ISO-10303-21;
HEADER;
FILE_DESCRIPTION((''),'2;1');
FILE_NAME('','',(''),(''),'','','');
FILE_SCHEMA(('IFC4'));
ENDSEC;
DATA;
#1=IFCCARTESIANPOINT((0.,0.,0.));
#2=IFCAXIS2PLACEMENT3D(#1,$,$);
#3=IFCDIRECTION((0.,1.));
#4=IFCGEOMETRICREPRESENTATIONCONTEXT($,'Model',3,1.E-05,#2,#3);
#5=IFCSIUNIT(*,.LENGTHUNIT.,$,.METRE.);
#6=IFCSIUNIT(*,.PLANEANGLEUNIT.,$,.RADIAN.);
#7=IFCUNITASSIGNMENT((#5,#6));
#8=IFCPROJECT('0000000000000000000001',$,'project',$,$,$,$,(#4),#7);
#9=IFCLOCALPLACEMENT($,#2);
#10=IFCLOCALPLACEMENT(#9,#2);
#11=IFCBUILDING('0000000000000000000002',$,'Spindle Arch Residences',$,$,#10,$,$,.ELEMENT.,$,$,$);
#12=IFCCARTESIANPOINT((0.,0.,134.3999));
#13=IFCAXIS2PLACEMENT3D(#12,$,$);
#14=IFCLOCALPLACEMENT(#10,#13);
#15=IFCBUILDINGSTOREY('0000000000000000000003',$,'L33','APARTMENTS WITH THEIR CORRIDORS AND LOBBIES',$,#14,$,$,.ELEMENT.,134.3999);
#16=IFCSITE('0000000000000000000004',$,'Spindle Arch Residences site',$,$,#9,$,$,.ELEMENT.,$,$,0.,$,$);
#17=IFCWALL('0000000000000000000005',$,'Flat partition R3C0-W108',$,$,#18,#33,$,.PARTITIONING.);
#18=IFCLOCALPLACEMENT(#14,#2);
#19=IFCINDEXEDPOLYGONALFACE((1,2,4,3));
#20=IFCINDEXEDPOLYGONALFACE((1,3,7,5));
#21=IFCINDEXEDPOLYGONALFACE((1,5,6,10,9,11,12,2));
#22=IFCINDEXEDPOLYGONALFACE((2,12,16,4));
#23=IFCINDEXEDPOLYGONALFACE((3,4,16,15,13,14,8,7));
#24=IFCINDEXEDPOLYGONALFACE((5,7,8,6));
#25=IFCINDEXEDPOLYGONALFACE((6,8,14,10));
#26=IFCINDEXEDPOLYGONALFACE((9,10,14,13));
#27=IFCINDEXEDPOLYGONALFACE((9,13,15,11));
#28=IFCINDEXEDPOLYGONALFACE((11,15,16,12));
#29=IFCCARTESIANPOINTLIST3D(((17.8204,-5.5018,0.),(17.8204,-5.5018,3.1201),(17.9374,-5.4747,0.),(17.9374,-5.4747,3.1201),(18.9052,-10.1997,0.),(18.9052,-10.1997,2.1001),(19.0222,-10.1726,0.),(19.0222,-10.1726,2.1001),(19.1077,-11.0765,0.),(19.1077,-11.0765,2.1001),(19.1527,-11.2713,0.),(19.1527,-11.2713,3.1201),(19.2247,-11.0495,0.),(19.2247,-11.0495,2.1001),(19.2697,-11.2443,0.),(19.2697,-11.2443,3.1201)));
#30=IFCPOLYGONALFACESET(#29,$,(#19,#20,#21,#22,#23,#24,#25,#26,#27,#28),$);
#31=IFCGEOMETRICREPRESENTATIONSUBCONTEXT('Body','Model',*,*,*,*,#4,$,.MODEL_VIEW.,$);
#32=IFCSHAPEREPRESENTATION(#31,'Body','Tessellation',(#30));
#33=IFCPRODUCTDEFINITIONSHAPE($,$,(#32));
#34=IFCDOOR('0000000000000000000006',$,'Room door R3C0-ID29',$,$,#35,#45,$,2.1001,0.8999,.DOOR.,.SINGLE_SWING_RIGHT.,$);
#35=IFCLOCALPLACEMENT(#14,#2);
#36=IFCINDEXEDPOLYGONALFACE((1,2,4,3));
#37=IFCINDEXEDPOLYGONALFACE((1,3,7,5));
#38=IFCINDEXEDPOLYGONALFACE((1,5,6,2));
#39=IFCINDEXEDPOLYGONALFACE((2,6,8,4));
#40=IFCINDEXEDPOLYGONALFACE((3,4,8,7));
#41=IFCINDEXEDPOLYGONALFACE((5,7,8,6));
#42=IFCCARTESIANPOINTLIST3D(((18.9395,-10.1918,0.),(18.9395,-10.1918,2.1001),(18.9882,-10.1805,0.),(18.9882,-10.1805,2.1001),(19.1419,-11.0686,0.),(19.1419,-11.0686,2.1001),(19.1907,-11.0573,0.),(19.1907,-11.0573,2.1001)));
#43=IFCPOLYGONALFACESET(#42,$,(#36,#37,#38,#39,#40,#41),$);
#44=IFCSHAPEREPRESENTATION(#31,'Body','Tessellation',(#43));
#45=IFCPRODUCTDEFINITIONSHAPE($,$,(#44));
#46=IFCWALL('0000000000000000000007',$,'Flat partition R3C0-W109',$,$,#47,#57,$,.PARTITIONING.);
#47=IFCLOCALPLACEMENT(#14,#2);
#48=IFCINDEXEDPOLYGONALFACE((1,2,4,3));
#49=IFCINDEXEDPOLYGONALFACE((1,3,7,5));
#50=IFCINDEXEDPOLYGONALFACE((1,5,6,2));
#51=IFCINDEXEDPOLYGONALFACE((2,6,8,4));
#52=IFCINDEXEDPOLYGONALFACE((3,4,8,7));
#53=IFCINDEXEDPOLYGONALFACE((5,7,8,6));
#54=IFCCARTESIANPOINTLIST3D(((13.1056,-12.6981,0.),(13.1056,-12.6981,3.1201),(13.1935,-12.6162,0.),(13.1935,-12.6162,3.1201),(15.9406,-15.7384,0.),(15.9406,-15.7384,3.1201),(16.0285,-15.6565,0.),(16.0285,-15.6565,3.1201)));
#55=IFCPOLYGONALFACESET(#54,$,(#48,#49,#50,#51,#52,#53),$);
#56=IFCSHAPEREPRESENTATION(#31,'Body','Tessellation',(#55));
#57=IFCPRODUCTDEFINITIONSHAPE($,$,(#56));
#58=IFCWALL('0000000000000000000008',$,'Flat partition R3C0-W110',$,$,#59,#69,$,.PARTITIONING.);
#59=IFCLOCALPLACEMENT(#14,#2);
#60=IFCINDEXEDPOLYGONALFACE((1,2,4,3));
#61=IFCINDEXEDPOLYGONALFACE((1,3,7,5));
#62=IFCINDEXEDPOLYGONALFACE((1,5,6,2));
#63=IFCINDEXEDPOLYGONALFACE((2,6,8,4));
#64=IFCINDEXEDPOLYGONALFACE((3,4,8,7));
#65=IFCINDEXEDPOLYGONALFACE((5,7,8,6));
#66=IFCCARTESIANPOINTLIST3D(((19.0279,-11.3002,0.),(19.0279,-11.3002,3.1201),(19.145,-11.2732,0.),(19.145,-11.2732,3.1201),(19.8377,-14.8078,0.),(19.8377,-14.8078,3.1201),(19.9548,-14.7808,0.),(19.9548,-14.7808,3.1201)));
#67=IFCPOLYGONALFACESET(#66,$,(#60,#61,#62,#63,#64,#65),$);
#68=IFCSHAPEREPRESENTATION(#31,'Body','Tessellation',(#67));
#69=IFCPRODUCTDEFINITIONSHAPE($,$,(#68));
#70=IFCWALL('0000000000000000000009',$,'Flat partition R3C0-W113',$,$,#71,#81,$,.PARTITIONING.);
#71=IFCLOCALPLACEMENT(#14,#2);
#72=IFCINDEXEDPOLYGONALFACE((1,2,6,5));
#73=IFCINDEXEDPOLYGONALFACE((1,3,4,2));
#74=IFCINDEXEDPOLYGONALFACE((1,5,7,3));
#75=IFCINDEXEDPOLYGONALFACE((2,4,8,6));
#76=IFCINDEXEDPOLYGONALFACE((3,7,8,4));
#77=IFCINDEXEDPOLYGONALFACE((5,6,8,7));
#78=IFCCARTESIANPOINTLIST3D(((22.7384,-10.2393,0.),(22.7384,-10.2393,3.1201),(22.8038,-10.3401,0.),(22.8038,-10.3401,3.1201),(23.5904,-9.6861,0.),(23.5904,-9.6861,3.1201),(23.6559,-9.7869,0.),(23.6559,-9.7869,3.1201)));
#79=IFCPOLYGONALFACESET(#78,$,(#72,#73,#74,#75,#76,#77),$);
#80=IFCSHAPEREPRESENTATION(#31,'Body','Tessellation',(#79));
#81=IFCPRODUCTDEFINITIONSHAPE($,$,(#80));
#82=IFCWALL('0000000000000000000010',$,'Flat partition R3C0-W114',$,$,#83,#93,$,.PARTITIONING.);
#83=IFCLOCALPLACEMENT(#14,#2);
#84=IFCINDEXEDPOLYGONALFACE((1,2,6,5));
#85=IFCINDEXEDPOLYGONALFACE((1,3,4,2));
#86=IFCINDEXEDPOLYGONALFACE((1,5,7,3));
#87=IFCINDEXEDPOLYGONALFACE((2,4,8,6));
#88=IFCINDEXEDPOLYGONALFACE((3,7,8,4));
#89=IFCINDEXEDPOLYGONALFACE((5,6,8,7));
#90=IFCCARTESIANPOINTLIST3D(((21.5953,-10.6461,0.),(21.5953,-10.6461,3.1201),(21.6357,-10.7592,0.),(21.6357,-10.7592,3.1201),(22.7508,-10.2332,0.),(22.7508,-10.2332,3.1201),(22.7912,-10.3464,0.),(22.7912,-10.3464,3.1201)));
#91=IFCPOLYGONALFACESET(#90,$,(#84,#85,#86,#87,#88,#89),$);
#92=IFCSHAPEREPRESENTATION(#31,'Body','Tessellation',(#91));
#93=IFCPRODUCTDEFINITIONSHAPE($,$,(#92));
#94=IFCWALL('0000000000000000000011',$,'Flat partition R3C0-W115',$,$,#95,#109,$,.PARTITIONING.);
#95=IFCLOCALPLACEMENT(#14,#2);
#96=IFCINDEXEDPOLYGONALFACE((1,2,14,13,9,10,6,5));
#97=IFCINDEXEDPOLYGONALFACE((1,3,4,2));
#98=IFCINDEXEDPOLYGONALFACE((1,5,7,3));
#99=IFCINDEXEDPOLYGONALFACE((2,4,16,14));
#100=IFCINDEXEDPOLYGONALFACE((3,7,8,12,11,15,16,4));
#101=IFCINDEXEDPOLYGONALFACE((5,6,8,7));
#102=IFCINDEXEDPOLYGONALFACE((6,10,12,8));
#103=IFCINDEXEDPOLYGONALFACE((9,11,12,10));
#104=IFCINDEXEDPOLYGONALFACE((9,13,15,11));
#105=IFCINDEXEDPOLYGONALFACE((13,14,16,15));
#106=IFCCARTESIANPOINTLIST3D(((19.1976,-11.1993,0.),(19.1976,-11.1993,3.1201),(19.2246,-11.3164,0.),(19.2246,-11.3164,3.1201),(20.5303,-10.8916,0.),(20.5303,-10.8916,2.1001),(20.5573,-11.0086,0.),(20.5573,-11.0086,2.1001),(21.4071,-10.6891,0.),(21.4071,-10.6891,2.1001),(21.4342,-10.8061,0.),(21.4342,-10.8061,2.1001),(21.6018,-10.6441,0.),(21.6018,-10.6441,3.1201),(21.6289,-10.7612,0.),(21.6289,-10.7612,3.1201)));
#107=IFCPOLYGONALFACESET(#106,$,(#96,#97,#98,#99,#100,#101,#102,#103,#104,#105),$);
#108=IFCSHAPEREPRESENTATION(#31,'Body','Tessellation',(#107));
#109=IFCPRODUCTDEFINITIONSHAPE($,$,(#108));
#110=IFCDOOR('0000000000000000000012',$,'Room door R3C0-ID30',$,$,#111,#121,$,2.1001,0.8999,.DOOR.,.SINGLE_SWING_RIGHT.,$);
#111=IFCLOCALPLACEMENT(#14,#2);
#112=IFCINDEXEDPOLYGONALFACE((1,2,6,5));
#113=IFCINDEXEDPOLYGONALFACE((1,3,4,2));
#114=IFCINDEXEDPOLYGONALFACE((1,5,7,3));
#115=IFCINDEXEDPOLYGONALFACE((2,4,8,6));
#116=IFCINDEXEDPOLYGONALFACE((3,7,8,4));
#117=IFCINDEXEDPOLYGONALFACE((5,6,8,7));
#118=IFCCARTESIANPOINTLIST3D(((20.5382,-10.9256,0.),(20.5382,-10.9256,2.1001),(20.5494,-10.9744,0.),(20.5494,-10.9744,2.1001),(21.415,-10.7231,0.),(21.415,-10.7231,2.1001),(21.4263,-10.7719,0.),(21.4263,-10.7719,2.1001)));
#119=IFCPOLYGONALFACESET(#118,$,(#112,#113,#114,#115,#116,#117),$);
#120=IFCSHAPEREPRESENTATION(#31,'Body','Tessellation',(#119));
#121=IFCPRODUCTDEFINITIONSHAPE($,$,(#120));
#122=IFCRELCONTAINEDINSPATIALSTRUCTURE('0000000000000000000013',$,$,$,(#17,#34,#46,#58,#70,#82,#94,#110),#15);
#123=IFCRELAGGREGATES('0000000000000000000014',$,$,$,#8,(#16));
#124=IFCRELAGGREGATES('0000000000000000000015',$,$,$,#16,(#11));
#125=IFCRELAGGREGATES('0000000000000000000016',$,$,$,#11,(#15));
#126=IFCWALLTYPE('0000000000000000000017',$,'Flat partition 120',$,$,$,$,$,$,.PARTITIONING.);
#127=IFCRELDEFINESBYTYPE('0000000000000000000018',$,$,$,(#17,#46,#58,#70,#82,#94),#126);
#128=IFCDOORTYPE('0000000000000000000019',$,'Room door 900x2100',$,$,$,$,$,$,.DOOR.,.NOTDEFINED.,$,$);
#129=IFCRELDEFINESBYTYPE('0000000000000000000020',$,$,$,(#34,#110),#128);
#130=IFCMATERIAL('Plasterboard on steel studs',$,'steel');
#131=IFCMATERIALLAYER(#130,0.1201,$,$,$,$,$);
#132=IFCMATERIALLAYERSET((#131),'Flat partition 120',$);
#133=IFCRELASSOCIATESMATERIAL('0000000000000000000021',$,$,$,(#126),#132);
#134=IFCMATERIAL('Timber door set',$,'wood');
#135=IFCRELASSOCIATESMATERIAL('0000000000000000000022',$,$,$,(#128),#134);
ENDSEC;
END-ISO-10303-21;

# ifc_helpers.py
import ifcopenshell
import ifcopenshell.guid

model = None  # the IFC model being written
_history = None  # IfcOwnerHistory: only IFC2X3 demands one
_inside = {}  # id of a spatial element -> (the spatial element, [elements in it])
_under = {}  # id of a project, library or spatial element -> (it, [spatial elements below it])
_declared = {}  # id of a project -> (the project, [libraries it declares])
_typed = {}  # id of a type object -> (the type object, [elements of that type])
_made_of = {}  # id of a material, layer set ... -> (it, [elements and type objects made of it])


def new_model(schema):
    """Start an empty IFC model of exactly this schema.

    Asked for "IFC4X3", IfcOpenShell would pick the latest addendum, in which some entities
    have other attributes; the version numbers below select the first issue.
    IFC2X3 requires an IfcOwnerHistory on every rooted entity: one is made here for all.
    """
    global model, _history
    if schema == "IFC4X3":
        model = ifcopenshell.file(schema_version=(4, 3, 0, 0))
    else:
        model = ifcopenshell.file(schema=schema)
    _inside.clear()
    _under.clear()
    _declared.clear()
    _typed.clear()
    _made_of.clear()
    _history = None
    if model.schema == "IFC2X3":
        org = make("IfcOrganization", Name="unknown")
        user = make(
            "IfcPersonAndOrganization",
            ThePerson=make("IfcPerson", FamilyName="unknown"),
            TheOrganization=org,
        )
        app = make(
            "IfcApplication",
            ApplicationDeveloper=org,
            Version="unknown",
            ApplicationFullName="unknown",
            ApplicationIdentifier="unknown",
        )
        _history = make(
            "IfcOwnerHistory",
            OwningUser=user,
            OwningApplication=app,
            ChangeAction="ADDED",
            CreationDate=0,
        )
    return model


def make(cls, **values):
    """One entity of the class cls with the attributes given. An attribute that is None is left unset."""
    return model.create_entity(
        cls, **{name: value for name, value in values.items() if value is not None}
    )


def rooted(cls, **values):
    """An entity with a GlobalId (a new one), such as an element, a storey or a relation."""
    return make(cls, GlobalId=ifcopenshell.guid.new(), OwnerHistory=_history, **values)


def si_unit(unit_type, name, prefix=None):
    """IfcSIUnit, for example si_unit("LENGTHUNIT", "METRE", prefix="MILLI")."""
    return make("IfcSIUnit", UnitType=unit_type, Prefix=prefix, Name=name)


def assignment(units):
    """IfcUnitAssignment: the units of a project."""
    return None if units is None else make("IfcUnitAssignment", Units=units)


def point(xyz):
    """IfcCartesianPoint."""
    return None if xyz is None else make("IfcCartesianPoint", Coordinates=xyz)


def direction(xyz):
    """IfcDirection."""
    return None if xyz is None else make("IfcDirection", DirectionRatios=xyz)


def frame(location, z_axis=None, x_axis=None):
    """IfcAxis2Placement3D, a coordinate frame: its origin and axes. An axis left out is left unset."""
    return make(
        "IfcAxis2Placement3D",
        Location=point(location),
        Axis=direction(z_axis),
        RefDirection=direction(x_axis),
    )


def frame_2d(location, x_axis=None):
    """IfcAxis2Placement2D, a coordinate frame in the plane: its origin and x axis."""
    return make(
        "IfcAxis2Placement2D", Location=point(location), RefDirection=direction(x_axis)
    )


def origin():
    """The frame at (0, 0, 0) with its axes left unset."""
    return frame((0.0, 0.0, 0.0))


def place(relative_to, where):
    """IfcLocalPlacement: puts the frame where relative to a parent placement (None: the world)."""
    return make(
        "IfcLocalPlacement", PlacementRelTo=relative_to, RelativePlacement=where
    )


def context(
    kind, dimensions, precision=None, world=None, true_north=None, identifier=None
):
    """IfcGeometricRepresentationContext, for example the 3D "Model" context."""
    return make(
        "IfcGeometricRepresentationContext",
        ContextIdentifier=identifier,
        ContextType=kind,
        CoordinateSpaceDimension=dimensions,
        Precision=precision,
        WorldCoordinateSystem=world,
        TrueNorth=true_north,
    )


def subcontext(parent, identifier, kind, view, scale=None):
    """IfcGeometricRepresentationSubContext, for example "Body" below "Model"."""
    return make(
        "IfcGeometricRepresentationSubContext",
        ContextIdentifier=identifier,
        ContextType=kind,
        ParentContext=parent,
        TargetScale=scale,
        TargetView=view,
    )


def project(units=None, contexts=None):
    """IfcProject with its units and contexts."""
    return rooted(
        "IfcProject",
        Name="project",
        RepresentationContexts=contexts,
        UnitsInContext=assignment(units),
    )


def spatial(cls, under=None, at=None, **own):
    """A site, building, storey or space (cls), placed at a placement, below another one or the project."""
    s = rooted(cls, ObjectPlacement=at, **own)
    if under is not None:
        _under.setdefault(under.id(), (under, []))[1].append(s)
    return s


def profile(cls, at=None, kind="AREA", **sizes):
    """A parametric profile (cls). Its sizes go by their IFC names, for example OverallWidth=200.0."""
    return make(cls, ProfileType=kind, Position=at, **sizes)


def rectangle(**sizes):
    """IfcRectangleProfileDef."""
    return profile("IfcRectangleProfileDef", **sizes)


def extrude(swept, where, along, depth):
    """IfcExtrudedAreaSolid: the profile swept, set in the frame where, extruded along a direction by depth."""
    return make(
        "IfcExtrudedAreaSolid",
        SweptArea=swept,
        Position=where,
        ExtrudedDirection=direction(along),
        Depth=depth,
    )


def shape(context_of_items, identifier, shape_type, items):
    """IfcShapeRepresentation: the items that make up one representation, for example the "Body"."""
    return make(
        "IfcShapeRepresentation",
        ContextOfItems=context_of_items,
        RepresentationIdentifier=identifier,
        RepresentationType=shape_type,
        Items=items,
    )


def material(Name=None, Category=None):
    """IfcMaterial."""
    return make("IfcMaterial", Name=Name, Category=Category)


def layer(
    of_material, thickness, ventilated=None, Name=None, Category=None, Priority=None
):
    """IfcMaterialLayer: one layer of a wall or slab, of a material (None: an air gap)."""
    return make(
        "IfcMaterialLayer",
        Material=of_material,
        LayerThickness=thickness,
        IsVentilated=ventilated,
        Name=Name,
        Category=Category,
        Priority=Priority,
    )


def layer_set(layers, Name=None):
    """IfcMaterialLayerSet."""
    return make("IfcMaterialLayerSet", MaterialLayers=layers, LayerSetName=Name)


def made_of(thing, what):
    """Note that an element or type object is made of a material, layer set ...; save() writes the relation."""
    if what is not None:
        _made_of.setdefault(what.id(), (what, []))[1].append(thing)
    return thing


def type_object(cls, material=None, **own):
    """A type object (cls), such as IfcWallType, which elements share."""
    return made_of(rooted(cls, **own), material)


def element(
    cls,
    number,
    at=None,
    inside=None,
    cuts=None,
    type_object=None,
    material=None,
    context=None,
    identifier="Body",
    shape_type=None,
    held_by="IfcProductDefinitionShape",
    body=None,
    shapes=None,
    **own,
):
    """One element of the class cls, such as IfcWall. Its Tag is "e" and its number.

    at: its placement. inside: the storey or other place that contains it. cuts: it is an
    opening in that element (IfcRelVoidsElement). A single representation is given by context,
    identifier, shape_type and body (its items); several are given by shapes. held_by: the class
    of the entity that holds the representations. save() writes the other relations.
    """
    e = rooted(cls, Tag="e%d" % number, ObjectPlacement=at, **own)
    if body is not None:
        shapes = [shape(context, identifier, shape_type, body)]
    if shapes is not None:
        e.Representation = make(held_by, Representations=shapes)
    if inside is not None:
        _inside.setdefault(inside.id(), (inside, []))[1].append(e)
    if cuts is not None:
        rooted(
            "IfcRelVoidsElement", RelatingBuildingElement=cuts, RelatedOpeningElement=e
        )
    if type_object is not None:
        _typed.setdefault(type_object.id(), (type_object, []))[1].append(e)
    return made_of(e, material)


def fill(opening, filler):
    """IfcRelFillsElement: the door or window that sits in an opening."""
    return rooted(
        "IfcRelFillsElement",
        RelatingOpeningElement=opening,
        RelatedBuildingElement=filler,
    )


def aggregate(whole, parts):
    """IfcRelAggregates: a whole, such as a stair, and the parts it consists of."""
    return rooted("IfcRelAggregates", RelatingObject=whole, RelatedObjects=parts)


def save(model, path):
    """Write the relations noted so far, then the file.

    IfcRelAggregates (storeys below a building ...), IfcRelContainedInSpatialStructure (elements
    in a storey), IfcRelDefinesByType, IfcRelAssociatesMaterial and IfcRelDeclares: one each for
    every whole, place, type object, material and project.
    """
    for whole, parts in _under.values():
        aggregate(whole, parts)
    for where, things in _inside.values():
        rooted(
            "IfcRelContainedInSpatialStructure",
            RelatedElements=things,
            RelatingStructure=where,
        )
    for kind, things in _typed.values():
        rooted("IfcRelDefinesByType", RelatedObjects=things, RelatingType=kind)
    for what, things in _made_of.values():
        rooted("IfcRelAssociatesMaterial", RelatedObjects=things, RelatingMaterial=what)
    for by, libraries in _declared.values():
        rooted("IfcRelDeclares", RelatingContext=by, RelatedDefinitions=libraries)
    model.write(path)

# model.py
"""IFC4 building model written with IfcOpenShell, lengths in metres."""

from ifc_helpers import new_model, si_unit, direction, frame, frame_2d, origin, place, context, subcontext, project, spatial, rectangle, extrude, material, layer, layer_set, type_object, element, fill, save


model = new_model("IFC4")

# Units and contexts
model_context = context("Model", 3, precision=1e-05, world=origin(), true_north=direction((0.0, 1.0)))
body_context = subcontext(model_context, "Body", "Model", "MODEL_VIEW")
ifc_project = project(units=[si_unit("LENGTHUNIT", "METRE"), si_unit("PLANEANGLEUNIT", "RADIAN")], contexts=[model_context])

# Site, building, storey
site_placement = place(None, origin())
site = spatial("IfcSite", under=ifc_project, at=site_placement, Name="Spindle Arch Residences site", CompositionType="ELEMENT", RefElevation=0.0)
building_placement = place(site_placement, origin())
building = spatial("IfcBuilding", under=site, at=building_placement, Name="Spindle Arch Residences", CompositionType="ELEMENT")
storey_placement = place(building_placement, frame((0.0, 0.0, 134.3999)))
storey = spatial("IfcBuildingStorey", under=building, at=storey_placement, Name="L33", Description="APARTMENTS WITH THEIR CORRIDORS AND LOBBIES", CompositionType="ELEMENT", Elevation=134.3999)

# Wall, opening, door
ifc_material_1 = material(Name="Plasterboard on steel studs", Category="steel")
ifc_layer_1 = layer(ifc_material_1, 0.1201)
ifc_layer_set_1 = layer_set([ifc_layer_1], Name="Flat partition 120")
wall_type = type_object("IfcWallType", Name="Flat partition 120", PredefinedType="PARTITIONING", material=ifc_layer_set_1)
wall_1_placement = place(storey_placement, frame((19.2112, -11.2578, 0.0), z_axis=(0.0, 0.0, 1.0), x_axis=(-0.224995, 0.97436, 0.0)))
wall_1 = element("IfcWall", 1, at=wall_1_placement, inside=storey, type_object=wall_type, Name="Flat partition R3C0-W108", PredefinedType="PARTITIONING", context=body_context, shape_type="SweptSolid", body=[
    extrude(rectangle(XDim=5.9214, YDim=0.1201, at=frame_2d((2.9607, 0.0))), origin(), (0.0, 0.0, 1.0), 3.1201),
])
opening_1_placement = place(wall_1_placement, frame((0.2, 0.0, 0.0)))
opening_1 = element("IfcOpeningElement", 2, at=opening_1_placement, cuts=wall_1, PredefinedType="OPENING", context=body_context, shape_type="SweptSolid", body=[
    extrude(rectangle(XDim=0.8999, YDim=2.1001, at=frame_2d((0.45, 1.05))), frame((0.0, 0.0701, 0.0), z_axis=(0.0, -1.0, 0.0), x_axis=(1.0, 0.0, 0.0)), (0.0, 0.0, 1.0), 0.1401),
])
ifc_material_2 = material(Name="Timber door set", Category="wood")
door_type = type_object("IfcDoorType", Name="Room door 900x2100", OperationType="NOTDEFINED", PredefinedType="DOOR", material=ifc_material_2)
door_1_placement = place(opening_1_placement, origin())
door_1 = element("IfcDoor", 3, at=door_1_placement, inside=storey, type_object=door_type, Name="Room door R3C0-ID29", OperationType="SINGLE_SWING_RIGHT", OverallHeight=2.1001, OverallWidth=0.8999, PredefinedType="DOOR", context=body_context, shape_type="SweptSolid", body=[
    extrude(rectangle(XDim=0.8999, YDim=2.1001, at=frame_2d((0.45, 1.05))), frame((0.0, 0.0249, 0.0), z_axis=(0.0, -1.0, 0.0), x_axis=(1.0, 0.0, 0.0)), (0.0, 0.0, 1.0), 0.05),
])
fill(opening_1, door_1)

# Walls
wall_2_placement = place(storey_placement, frame((15.9846, -15.6975, 0.0), z_axis=(0.0, 0.0, 1.0), x_axis=(-0.681979, 0.731372, 0.0)))
element("IfcWall", 4, at=wall_2_placement, inside=storey, type_object=wall_type, Name="Flat partition R3C0-W109", PredefinedType="PARTITIONING", context=body_context, shape_type="SweptSolid", body=[
    extrude(rectangle(XDim=4.157, YDim=0.1201, at=frame_2d((2.0786, 0.0))), origin(), (0.0, 0.0, 1.0), 3.1201),
])
wall_3_placement = place(storey_placement, frame((19.8962, -14.7942, 0.0), z_axis=(0.0, 0.0, 1.0), x_axis=(-0.224959, 0.974368, 0.0)))
element("IfcWall", 5, at=wall_3_placement, inside=storey, type_object=wall_type, Name="Flat partition R3C0-W110", PredefinedType="PARTITIONING", context=body_context, shape_type="SweptSolid", body=[
    extrude(rectangle(XDim=3.5999, YDim=0.1201, at=frame_2d((1.7998, 0.0))), origin(), (0.0, 0.0, 1.0), 3.1201),
])
wall_4_placement = place(storey_placement, frame((23.623, -9.7366, 0.0), z_axis=(0.0, 0.0, 1.0), x_axis=(-0.838718, -0.544566, 0.0)))
element("IfcWall", 6, at=wall_4_placement, inside=storey, type_object=wall_type, Name="Flat partition R3C0-W113", PredefinedType="PARTITIONING", context=body_context, shape_type="SweptSolid", body=[
    extrude(rectangle(XDim=1.0159, YDim=0.1201, at=frame_2d((0.5078, 0.0))), origin(), (0.0, 0.0, 1.0), 3.1201),
])
wall_5_placement = place(storey_placement, frame((22.771, -10.2898, 0.0), z_axis=(0.0, 0.0, 1.0), x_axis=(-0.941701, -0.33645, 0.0)))
element("IfcWall", 7, at=wall_5_placement, inside=storey, type_object=wall_type, Name="Flat partition R3C0-W114", PredefinedType="PARTITIONING", context=body_context, shape_type="SweptSolid", body=[
    extrude(rectangle(XDim=1.2271, YDim=0.1201, at=frame_2d((0.6135, 0.0))), origin(), (0.0, 0.0, 1.0), 3.1201),
])

# Wall, opening, door
wall_6_placement = place(storey_placement, frame((21.6155, -10.7026, 0.0), z_axis=(0.0, 0.0, 1.0), x_axis=(-0.974361, -0.22499, 0.0)))
wall_6 = element("IfcWall", 8, at=wall_6_placement, inside=storey, type_object=wall_type, Name="Flat partition R3C0-W115", PredefinedType="PARTITIONING", context=body_context, shape_type="SweptSolid", body=[
    extrude(rectangle(XDim=2.4675, YDim=0.1201, at=frame_2d((1.2339, 0.0))), origin(), (0.0, 0.0, 1.0), 3.1201),
])
opening_2_placement = place(wall_6_placement, frame((0.2, 0.0, 0.0)))
opening_2 = element("IfcOpeningElement", 9, at=opening_2_placement, cuts=wall_6, PredefinedType="OPENING", context=body_context, shape_type="SweptSolid", body=[
    extrude(rectangle(XDim=0.8999, YDim=2.1001, at=frame_2d((0.45, 1.05))), frame((0.0, 0.0701, 0.0), z_axis=(0.0, -1.0, 0.0), x_axis=(1.0, 0.0, 0.0)), (0.0, 0.0, 1.0), 0.1401),
])
door_2_placement = place(opening_2_placement, origin())
door_2 = element("IfcDoor", 10, at=door_2_placement, inside=storey, type_object=door_type, Name="Room door R3C0-ID30", OperationType="SINGLE_SWING_RIGHT", OverallHeight=2.1001, OverallWidth=0.8999, PredefinedType="DOOR", context=body_context, shape_type="SweptSolid", body=[
    extrude(rectangle(XDim=0.8999, YDim=2.1001, at=frame_2d((0.45, 1.05))), frame((0.0, 0.0249, 0.0), z_axis=(0.0, -1.0, 0.0), x_axis=(1.0, 0.0, 0.0)), (0.0, 0.0, 1.0), 0.05),
])
fill(opening_2, door_2)

save(model, "model.ifc")
